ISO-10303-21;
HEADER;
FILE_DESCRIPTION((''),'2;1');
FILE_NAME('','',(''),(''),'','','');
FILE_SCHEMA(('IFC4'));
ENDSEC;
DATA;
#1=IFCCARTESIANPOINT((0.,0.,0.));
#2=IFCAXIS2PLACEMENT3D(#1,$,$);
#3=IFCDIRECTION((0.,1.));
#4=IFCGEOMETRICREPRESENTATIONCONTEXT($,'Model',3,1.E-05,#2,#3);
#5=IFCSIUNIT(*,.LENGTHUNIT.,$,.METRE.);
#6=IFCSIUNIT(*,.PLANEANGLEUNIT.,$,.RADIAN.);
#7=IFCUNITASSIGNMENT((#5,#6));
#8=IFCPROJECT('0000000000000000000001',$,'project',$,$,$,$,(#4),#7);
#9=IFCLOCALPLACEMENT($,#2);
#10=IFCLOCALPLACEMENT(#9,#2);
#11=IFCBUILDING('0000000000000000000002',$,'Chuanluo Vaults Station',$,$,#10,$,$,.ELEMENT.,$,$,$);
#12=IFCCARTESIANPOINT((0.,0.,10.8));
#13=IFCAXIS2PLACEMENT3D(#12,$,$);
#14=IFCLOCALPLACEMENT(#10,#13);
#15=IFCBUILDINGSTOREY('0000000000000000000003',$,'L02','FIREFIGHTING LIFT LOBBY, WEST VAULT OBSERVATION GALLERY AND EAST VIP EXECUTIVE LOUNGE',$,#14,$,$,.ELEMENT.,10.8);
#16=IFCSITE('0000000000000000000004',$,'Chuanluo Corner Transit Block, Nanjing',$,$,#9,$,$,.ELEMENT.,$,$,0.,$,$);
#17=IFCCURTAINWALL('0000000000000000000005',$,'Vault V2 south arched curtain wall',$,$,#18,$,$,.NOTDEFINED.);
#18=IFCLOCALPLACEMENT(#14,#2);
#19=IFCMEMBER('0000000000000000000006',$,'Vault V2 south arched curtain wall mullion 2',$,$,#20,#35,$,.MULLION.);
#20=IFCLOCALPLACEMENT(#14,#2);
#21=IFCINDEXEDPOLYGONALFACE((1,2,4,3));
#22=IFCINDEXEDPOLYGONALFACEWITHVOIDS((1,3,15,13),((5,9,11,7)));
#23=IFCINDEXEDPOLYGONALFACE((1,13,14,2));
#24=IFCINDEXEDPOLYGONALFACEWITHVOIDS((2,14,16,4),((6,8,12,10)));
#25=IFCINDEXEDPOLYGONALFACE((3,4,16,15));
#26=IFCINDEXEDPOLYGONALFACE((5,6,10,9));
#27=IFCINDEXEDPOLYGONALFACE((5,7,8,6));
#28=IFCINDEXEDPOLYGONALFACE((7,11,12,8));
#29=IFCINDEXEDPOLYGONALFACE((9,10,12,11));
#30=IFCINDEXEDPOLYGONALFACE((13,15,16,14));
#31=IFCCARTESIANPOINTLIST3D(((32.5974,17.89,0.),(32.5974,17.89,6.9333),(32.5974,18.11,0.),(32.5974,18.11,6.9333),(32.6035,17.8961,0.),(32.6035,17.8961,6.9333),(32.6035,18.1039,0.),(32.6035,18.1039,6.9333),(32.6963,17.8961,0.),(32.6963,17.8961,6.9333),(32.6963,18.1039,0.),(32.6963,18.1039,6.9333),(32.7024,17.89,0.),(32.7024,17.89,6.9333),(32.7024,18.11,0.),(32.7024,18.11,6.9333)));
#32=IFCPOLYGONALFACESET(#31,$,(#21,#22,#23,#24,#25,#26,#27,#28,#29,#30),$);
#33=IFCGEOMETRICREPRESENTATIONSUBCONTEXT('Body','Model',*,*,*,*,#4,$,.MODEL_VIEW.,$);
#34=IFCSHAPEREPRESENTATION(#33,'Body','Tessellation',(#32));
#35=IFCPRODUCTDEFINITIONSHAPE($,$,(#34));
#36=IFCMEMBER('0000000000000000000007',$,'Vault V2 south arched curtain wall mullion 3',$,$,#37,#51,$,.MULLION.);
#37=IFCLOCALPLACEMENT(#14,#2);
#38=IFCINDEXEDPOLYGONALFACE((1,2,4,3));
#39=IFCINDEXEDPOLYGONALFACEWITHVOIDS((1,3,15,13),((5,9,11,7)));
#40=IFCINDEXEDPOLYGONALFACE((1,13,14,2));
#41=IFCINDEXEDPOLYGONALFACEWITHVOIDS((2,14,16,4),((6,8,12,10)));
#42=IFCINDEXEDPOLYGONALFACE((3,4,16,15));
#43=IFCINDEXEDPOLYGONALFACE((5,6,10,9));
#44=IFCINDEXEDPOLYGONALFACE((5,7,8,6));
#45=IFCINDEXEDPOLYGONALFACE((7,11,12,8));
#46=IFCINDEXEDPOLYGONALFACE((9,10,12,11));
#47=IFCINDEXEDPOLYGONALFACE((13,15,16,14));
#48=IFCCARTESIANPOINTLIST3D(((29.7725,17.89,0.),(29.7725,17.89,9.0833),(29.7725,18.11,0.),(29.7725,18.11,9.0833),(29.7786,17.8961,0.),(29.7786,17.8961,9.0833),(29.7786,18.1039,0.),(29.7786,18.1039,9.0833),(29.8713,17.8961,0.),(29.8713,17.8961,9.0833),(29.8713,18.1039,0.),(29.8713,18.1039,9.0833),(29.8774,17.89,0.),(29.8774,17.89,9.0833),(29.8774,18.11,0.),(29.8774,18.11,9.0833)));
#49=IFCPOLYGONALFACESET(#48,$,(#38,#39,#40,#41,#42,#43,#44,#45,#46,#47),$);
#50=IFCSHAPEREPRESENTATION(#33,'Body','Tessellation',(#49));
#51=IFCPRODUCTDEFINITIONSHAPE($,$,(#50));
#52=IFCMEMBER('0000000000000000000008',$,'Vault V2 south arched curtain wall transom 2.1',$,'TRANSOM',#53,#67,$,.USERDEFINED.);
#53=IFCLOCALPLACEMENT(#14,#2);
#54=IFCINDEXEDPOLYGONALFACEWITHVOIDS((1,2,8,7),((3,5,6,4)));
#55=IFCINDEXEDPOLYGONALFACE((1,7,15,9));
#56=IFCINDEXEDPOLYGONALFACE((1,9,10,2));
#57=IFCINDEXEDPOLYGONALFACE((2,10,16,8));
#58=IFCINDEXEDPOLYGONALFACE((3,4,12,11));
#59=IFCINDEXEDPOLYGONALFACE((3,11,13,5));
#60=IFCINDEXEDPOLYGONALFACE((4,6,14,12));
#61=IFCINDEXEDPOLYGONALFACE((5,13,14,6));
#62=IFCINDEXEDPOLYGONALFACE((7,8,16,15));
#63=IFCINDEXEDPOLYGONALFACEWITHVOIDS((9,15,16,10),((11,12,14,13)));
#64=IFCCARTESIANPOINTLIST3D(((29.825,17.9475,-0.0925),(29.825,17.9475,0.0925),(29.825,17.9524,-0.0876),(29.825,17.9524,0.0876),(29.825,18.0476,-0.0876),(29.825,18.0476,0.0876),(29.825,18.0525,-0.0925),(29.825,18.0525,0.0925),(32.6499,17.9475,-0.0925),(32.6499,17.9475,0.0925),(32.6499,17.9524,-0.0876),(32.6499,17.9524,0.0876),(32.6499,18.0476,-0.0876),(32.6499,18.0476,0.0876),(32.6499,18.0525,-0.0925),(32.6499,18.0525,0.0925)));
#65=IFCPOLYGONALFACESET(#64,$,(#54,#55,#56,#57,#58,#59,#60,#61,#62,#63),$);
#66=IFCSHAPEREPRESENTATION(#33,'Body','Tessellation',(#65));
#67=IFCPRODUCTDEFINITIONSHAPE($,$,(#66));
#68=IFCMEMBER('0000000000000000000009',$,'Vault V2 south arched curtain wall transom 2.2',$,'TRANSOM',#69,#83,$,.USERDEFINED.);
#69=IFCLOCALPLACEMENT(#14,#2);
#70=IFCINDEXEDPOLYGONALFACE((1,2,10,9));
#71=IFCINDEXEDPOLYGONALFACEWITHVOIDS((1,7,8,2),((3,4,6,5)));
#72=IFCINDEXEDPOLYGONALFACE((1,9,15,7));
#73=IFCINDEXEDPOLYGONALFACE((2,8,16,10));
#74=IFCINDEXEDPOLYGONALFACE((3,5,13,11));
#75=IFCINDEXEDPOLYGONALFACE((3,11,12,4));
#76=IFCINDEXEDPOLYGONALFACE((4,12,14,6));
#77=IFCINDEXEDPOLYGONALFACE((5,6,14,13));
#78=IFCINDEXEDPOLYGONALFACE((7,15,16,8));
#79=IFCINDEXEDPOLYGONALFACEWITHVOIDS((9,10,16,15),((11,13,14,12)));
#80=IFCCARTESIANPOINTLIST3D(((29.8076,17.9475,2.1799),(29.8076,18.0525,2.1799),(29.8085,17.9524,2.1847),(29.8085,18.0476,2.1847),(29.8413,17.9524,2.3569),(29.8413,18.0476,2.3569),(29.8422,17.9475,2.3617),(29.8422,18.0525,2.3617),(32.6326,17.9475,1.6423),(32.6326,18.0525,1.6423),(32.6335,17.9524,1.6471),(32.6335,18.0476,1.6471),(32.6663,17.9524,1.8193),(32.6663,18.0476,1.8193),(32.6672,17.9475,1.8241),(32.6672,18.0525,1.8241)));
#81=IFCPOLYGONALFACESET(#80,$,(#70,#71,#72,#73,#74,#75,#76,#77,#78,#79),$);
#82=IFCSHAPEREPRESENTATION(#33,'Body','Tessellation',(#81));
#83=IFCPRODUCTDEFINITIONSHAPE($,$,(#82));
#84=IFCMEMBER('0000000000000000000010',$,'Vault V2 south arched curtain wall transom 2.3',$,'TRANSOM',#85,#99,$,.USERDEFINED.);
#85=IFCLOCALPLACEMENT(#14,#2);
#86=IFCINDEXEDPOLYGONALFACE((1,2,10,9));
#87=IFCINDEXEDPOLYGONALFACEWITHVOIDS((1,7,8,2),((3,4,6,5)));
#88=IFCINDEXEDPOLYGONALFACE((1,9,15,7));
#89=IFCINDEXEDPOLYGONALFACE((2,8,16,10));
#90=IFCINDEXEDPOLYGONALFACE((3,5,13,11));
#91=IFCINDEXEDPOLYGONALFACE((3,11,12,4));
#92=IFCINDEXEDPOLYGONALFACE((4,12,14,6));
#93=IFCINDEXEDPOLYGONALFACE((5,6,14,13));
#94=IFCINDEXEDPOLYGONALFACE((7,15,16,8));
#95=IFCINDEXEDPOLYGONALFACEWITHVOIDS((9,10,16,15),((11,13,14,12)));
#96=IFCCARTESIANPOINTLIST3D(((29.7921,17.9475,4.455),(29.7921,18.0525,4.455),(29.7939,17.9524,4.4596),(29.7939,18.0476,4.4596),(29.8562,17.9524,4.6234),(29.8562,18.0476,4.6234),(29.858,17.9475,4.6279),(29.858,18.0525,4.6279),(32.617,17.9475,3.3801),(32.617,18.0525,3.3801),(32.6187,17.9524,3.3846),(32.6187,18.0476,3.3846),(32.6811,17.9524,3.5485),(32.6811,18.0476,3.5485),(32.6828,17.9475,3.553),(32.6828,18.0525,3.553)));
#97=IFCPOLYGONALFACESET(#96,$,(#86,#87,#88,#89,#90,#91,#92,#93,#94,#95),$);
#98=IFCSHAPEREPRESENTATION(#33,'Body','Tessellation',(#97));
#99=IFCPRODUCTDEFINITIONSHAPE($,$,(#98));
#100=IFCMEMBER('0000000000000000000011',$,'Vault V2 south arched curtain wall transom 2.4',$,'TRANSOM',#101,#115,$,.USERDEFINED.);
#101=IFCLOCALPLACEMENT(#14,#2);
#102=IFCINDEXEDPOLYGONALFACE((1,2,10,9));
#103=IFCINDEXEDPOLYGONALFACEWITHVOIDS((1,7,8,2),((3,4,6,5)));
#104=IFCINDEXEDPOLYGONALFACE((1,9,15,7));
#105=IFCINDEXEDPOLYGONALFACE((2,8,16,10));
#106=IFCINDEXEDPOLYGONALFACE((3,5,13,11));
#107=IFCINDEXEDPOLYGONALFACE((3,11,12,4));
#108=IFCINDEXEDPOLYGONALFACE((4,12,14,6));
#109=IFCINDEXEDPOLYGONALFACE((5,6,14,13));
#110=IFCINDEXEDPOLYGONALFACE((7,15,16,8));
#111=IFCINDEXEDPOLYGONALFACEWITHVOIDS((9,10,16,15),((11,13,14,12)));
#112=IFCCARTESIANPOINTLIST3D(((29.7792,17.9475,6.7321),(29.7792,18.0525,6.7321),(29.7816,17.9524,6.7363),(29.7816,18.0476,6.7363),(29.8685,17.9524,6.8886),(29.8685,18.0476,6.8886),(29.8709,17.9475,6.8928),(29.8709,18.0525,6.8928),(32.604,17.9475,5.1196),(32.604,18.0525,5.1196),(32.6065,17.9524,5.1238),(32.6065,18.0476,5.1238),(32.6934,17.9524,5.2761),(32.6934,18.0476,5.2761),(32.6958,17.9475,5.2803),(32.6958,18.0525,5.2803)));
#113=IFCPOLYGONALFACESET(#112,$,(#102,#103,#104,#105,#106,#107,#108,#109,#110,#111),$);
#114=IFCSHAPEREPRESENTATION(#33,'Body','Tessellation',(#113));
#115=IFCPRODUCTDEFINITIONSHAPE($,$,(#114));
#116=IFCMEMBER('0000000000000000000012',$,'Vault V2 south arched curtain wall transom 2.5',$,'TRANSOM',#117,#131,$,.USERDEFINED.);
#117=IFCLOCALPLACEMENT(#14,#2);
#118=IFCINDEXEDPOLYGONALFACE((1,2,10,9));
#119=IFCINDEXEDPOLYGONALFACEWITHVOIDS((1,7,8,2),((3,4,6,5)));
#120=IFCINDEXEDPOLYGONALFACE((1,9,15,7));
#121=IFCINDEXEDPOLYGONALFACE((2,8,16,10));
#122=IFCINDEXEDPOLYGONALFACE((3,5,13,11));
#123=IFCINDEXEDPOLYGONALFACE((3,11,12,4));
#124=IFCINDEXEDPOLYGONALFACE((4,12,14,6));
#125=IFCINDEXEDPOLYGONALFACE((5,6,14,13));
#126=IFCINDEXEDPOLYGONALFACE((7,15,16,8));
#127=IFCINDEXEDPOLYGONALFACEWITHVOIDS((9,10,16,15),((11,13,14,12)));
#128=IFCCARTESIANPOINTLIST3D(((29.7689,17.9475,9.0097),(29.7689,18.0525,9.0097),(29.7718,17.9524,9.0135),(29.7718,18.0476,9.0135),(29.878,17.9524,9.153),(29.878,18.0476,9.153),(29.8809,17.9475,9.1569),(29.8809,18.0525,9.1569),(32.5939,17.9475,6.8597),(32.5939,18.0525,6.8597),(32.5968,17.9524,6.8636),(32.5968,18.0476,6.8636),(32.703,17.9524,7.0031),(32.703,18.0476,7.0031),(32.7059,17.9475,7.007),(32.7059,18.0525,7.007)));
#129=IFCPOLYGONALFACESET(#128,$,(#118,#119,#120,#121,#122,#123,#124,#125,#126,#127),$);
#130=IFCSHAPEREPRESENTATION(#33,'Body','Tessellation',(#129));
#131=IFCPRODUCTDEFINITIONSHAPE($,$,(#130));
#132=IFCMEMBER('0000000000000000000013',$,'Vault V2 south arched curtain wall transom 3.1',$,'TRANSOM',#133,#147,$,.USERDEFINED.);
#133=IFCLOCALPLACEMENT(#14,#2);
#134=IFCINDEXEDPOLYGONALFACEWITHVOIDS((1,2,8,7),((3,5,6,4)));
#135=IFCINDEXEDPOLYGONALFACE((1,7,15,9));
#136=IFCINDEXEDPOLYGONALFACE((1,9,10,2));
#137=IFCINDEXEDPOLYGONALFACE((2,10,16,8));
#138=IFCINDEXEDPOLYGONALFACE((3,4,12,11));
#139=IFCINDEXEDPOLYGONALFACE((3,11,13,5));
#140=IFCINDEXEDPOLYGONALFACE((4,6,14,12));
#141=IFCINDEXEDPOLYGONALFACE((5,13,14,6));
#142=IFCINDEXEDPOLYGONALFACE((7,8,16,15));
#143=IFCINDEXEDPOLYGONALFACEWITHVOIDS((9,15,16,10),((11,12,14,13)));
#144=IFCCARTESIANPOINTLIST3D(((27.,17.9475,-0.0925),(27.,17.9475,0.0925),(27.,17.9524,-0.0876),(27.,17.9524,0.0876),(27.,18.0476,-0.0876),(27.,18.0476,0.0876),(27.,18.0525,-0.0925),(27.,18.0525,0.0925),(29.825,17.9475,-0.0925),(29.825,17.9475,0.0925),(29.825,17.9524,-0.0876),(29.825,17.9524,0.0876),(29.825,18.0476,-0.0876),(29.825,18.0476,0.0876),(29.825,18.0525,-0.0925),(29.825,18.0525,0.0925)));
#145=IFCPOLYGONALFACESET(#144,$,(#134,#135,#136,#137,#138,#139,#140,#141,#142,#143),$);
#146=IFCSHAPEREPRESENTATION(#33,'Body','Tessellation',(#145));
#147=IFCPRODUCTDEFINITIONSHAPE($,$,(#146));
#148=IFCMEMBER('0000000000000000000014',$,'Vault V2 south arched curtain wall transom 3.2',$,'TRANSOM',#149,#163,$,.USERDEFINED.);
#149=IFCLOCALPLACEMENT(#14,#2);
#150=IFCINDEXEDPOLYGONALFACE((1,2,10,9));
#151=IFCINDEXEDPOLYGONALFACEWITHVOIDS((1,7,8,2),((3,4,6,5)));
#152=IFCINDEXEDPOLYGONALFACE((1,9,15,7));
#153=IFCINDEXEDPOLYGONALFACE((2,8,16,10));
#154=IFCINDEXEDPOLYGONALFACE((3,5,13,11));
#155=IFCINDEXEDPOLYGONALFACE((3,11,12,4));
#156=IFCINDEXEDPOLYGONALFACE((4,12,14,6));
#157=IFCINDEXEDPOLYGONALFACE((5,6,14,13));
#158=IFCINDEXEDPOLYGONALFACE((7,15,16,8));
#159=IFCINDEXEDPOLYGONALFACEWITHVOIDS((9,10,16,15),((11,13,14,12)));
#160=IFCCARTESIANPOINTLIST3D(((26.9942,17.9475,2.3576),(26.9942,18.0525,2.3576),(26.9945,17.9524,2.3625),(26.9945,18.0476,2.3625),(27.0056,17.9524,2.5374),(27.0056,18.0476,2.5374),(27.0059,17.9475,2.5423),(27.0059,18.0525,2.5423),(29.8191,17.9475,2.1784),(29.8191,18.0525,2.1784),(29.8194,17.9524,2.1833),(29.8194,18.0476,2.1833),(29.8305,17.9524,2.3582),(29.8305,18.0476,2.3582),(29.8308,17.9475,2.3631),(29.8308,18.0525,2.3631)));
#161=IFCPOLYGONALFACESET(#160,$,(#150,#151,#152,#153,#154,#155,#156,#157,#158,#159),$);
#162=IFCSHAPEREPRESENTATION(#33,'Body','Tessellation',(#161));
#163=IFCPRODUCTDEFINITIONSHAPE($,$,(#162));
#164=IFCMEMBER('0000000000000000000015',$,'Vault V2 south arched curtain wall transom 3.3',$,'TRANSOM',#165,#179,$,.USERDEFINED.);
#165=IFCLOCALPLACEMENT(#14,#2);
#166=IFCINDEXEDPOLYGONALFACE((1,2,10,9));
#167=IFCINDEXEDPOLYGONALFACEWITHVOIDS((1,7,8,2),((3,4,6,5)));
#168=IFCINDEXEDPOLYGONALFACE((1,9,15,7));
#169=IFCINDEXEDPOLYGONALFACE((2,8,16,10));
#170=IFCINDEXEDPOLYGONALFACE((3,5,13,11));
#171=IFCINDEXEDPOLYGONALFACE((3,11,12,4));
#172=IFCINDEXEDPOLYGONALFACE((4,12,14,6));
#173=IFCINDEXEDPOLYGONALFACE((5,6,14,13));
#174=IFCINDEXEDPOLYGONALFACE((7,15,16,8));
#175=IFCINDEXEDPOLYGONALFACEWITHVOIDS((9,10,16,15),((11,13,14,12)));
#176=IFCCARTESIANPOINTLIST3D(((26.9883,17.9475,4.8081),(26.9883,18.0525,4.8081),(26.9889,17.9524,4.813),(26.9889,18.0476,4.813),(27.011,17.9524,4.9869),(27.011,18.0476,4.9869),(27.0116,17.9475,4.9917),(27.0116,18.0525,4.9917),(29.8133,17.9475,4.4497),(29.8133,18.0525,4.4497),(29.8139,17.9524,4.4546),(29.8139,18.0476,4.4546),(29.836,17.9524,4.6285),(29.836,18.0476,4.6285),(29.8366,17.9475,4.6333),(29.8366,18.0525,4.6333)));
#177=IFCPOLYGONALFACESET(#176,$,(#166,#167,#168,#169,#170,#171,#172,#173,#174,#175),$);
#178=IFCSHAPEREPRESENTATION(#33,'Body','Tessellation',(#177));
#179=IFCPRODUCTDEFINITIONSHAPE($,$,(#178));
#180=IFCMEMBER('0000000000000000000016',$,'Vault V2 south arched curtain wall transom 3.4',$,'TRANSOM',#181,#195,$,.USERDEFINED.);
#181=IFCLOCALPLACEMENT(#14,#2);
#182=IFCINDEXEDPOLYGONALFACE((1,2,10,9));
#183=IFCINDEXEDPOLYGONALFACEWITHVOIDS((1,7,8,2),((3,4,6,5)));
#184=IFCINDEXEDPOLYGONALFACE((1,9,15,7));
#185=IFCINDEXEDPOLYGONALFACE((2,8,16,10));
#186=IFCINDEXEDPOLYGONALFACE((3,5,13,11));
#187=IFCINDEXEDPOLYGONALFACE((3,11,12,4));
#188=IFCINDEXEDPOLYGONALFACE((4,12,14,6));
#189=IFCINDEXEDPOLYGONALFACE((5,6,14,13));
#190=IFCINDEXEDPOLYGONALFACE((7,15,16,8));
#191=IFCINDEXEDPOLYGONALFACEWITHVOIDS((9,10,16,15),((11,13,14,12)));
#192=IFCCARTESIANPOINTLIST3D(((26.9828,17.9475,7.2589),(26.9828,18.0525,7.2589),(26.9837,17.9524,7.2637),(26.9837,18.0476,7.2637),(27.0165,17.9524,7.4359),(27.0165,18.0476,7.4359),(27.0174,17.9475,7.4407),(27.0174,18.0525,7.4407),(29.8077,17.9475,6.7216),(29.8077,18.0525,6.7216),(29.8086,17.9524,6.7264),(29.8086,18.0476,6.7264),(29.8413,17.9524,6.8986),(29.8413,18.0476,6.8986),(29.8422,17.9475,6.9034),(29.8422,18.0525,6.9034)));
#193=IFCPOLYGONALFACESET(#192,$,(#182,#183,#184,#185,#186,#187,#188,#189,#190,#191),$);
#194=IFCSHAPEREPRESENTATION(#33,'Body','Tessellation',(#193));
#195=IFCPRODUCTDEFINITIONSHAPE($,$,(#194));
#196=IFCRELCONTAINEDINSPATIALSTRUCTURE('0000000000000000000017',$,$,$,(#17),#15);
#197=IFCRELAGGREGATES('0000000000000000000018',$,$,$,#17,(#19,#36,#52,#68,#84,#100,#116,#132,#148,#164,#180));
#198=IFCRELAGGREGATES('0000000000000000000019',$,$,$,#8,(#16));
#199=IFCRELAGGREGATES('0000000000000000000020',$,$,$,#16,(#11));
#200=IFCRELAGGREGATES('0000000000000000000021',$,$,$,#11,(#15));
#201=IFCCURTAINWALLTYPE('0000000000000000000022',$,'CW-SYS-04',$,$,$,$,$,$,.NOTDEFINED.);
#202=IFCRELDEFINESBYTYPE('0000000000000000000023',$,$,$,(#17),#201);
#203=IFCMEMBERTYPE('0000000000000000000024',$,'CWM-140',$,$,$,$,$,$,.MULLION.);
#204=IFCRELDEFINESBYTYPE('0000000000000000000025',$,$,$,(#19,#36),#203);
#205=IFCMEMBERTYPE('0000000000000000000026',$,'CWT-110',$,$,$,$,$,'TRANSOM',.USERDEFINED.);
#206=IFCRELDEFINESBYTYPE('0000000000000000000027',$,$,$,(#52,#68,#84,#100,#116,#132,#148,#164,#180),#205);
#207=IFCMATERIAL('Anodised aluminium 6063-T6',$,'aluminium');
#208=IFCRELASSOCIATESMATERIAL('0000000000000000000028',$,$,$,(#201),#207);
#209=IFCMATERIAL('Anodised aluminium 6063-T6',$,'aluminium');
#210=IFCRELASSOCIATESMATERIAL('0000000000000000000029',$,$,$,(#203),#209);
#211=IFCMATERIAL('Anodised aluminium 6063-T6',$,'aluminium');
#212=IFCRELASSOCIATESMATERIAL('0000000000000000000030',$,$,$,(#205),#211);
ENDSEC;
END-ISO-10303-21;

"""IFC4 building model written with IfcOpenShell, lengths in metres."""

from ifc_helpers import new_model, si_unit, direction, frame, origin, origin_2d, place, context, subcontext, project, spatial, hollow_rectangle, extrude, material, material_profile, profile_set, type_object, element, aggregate, save


model = new_model("IFC4")

# Units and contexts
model_context = context("Model", 3, precision=1e-05, world=origin(), true_north=direction((0.0, 1.0)))
body_context = subcontext(model_context, "Body", "Model", "MODEL_VIEW")
ifc_project = project(units=[si_unit("LENGTHUNIT", "METRE"), si_unit("PLANEANGLEUNIT", "RADIAN")], contexts=[model_context])

# Site, building, storey
site_placement = place(None, origin())
site = spatial("IfcSite", under=ifc_project, at=site_placement, Name="Chuanluo Corner Transit Block, Nanjing", CompositionType="ELEMENT", RefElevation=0.0)
building_placement = place(site_placement, origin())
building = spatial("IfcBuilding", under=site, at=building_placement, Name="Chuanluo Vaults Station", CompositionType="ELEMENT")
storey_placement = place(building_placement, frame((0.0, 0.0, 10.8)))
storey = spatial("IfcBuildingStorey", under=building, at=storey_placement, Name="L02", Description="FIREFIGHTING LIFT LOBBY, WEST VAULT OBSERVATION GALLERY AND EAST VIP EXECUTIVE LOUNGE", CompositionType="ELEMENT", Elevation=10.8)

# Curtain wall, members
ifc_material_1 = material(Name="Anodised aluminium 6063-T6", Category="aluminium")
curtain_wall_type = type_object("IfcCurtainWallType", Name="CW-SYS-04", PredefinedType="NOTDEFINED", material=ifc_material_1)
curtain_wall_placement = place(storey_placement, origin())
curtain_wall = element("IfcCurtainWall", 1, at=curtain_wall_placement, inside=storey, type_object=curtain_wall_type, Name="Vault V2 south arched curtain wall", PredefinedType="NOTDEFINED")
ifc_material_2 = material(Name="Anodised aluminium 6063-T6", Category="aluminium")
ifc_material_profile_1 = material_profile(ifc_material_2, hollow_rectangle(XDim=0.105, YDim=0.22, WallThickness=0.0061, at=origin_2d()))
ifc_profile_set_1 = profile_set([ifc_material_profile_1], Name="Anodised aluminium 6063-T6")
member_type_1 = type_object("IfcMemberType", Name="CWM-140", PredefinedType="MULLION", material=ifc_profile_set_1)
member_1_placement = place(storey_placement, frame((32.6499, 18.0, 0.0), z_axis=(0.0, 0.0, 1.0), x_axis=(-1.0, 0.0, 0.0)))
member_1 = element("IfcMember", 2, at=member_1_placement, type_object=member_type_1, Name="Vault V2 south arched curtain wall mullion 2", PredefinedType="MULLION", context=body_context, shape_type="SweptSolid", body=[
    extrude(hollow_rectangle(XDim=0.105, YDim=0.22, WallThickness=0.0061, at=origin_2d()), origin(), (0.0, 0.0, 1.0), 6.9333),
])
member_2_placement = place(storey_placement, frame((29.825, 18.0, 0.0), z_axis=(0.0, 0.0, 1.0), x_axis=(-1.0, 0.0, 0.0)))
member_2 = element("IfcMember", 3, at=member_2_placement, type_object=member_type_1, Name="Vault V2 south arched curtain wall mullion 3", PredefinedType="MULLION", context=body_context, shape_type="SweptSolid", body=[
    extrude(hollow_rectangle(XDim=0.105, YDim=0.22, WallThickness=0.0061, at=origin_2d()), origin(), (0.0, 0.0, 1.0), 9.0833),
])
ifc_material_3 = material(Name="Anodised aluminium 6063-T6", Category="aluminium")
ifc_material_profile_2 = material_profile(ifc_material_3, hollow_rectangle(XDim=0.105, YDim=0.1851, WallThickness=0.0049, at=origin_2d()))
ifc_profile_set_2 = profile_set([ifc_material_profile_2], Name="Anodised aluminium 6063-T6")
member_type_2 = type_object("IfcMemberType", Name="CWT-110", ElementType="TRANSOM", PredefinedType="USERDEFINED", material=ifc_profile_set_2)
member_3_placement = place(storey_placement, frame((32.6499, 18.0, 0.0), z_axis=(-1.0, 0.0, 0.0), x_axis=(0.0, -1.0, 0.0)))
member_3 = element("IfcMember", 4, at=member_3_placement, type_object=member_type_2, Name="Vault V2 south arched curtain wall transom 2.1", ObjectType="TRANSOM", PredefinedType="USERDEFINED", context=body_context, shape_type="SweptSolid", body=[
    extrude(hollow_rectangle(XDim=0.105, YDim=0.1851, WallThickness=0.0049, at=origin_2d()), origin(), (0.0, 0.0, 1.0), 2.825),
])
member_4_placement = place(storey_placement, frame((32.6499, 18.0, 1.7332), z_axis=(-0.98237, 0.0, 0.186948), x_axis=(0.0, -1.0, 0.0)))
member_4 = element("IfcMember", 5, at=member_4_placement, type_object=member_type_2, Name="Vault V2 south arched curtain wall transom 2.2", ObjectType="TRANSOM", PredefinedType="USERDEFINED", context=body_context, shape_type="SweptSolid", body=[
    extrude(hollow_rectangle(XDim=0.105, YDim=0.1851, WallThickness=0.0049, at=origin_2d()), origin(), (0.0, 0.0, 1.0), 2.8757),
])
member_5_placement = place(storey_placement, frame((32.6499, 18.0, 3.4666), z_axis=(-0.934622, 0.0, 0.355643), x_axis=(0.0, -1.0, 0.0)))
member_5 = element("IfcMember", 6, at=member_5_placement, type_object=member_type_2, Name="Vault V2 south arched curtain wall transom 2.3", ObjectType="TRANSOM", PredefinedType="USERDEFINED", context=body_context, shape_type="SweptSolid", body=[
    extrude(hollow_rectangle(XDim=0.105, YDim=0.1851, WallThickness=0.0049, at=origin_2d()), origin(), (0.0, 0.0, 1.0), 3.0225),
])
member_6_placement = place(storey_placement, frame((32.6499, 18.0, 5.2), z_axis=(-0.868469, 0.0, 0.495743), x_axis=(0.0, -1.0, 0.0)))
member_6 = element("IfcMember", 7, at=member_6_placement, type_object=member_type_2, Name="Vault V2 south arched curtain wall transom 2.4", ObjectType="TRANSOM", PredefinedType="USERDEFINED", context=body_context, shape_type="SweptSolid", body=[
    extrude(hollow_rectangle(XDim=0.105, YDim=0.1851, WallThickness=0.0049, at=origin_2d()), origin(), (0.0, 0.0, 1.0), 3.2527),
])
member_7_placement = place(storey_placement, frame((32.6499, 18.0, 6.9333), z_axis=(-0.795763, 0.0, 0.605608), x_axis=(0.0, -1.0, 0.0)))
member_7 = element("IfcMember", 8, at=member_7_placement, type_object=member_type_2, Name="Vault V2 south arched curtain wall transom 2.5", ObjectType="TRANSOM", PredefinedType="USERDEFINED", context=body_context, shape_type="SweptSolid", body=[
    extrude(hollow_rectangle(XDim=0.105, YDim=0.1851, WallThickness=0.0049, at=origin_2d()), origin(), (0.0, 0.0, 1.0), 3.55),
])
member_8_placement = place(storey_placement, frame((29.825, 18.0, 0.0), z_axis=(-1.0, 0.0, 0.0), x_axis=(0.0, -1.0, 0.0)))
member_8 = element("IfcMember", 9, at=member_8_placement, type_object=member_type_2, Name="Vault V2 south arched curtain wall transom 3.1", ObjectType="TRANSOM", PredefinedType="USERDEFINED", context=body_context, shape_type="SweptSolid", body=[
    extrude(hollow_rectangle(XDim=0.105, YDim=0.1851, WallThickness=0.0049, at=origin_2d()), origin(), (0.0, 0.0, 1.0), 2.825),
])
member_9_placement = place(storey_placement, frame((29.825, 18.0, 2.2708), z_axis=(-0.997994, 0.0, 0.063307), x_axis=(0.0, -1.0, 0.0)))
member_9 = element("IfcMember", 10, at=member_9_placement, type_object=member_type_2, Name="Vault V2 south arched curtain wall transom 3.2", ObjectType="TRANSOM", PredefinedType="USERDEFINED", context=body_context, shape_type="SweptSolid", body=[
    extrude(hollow_rectangle(XDim=0.105, YDim=0.1851, WallThickness=0.0049, at=origin_2d()), origin(), (0.0, 0.0, 1.0), 2.8306),
])
member_10_placement = place(storey_placement, frame((29.825, 18.0, 4.5415), z_axis=(-0.992048, 0.0, 0.12586), x_axis=(0.0, -1.0, 0.0)))
member_10 = element("IfcMember", 11, at=member_10_placement, type_object=member_type_2, Name="Vault V2 south arched curtain wall transom 3.3", ObjectType="TRANSOM", PredefinedType="USERDEFINED", context=body_context, shape_type="SweptSolid", body=[
    extrude(hollow_rectangle(XDim=0.105, YDim=0.1851, WallThickness=0.0049, at=origin_2d()), origin(), (0.0, 0.0, 1.0), 2.8477),
])
member_11_placement = place(storey_placement, frame((29.825, 18.0, 6.8125), z_axis=(-0.982385, 0.0, 0.186866), x_axis=(0.0, -1.0, 0.0)))
member_11 = element("IfcMember", 12, at=member_11_placement, type_object=member_type_2, Name="Vault V2 south arched curtain wall transom 3.4", ObjectType="TRANSOM", PredefinedType="USERDEFINED", context=body_context, shape_type="SweptSolid", body=[
    extrude(hollow_rectangle(XDim=0.105, YDim=0.1851, WallThickness=0.0049, at=origin_2d()), origin(), (0.0, 0.0, 1.0), 2.8755),
])
aggregate(curtain_wall, [member_1, member_2, member_3, member_4, member_5, member_6, member_7, member_8, member_9, member_10, member_11])

save(model, "model.ifc")
